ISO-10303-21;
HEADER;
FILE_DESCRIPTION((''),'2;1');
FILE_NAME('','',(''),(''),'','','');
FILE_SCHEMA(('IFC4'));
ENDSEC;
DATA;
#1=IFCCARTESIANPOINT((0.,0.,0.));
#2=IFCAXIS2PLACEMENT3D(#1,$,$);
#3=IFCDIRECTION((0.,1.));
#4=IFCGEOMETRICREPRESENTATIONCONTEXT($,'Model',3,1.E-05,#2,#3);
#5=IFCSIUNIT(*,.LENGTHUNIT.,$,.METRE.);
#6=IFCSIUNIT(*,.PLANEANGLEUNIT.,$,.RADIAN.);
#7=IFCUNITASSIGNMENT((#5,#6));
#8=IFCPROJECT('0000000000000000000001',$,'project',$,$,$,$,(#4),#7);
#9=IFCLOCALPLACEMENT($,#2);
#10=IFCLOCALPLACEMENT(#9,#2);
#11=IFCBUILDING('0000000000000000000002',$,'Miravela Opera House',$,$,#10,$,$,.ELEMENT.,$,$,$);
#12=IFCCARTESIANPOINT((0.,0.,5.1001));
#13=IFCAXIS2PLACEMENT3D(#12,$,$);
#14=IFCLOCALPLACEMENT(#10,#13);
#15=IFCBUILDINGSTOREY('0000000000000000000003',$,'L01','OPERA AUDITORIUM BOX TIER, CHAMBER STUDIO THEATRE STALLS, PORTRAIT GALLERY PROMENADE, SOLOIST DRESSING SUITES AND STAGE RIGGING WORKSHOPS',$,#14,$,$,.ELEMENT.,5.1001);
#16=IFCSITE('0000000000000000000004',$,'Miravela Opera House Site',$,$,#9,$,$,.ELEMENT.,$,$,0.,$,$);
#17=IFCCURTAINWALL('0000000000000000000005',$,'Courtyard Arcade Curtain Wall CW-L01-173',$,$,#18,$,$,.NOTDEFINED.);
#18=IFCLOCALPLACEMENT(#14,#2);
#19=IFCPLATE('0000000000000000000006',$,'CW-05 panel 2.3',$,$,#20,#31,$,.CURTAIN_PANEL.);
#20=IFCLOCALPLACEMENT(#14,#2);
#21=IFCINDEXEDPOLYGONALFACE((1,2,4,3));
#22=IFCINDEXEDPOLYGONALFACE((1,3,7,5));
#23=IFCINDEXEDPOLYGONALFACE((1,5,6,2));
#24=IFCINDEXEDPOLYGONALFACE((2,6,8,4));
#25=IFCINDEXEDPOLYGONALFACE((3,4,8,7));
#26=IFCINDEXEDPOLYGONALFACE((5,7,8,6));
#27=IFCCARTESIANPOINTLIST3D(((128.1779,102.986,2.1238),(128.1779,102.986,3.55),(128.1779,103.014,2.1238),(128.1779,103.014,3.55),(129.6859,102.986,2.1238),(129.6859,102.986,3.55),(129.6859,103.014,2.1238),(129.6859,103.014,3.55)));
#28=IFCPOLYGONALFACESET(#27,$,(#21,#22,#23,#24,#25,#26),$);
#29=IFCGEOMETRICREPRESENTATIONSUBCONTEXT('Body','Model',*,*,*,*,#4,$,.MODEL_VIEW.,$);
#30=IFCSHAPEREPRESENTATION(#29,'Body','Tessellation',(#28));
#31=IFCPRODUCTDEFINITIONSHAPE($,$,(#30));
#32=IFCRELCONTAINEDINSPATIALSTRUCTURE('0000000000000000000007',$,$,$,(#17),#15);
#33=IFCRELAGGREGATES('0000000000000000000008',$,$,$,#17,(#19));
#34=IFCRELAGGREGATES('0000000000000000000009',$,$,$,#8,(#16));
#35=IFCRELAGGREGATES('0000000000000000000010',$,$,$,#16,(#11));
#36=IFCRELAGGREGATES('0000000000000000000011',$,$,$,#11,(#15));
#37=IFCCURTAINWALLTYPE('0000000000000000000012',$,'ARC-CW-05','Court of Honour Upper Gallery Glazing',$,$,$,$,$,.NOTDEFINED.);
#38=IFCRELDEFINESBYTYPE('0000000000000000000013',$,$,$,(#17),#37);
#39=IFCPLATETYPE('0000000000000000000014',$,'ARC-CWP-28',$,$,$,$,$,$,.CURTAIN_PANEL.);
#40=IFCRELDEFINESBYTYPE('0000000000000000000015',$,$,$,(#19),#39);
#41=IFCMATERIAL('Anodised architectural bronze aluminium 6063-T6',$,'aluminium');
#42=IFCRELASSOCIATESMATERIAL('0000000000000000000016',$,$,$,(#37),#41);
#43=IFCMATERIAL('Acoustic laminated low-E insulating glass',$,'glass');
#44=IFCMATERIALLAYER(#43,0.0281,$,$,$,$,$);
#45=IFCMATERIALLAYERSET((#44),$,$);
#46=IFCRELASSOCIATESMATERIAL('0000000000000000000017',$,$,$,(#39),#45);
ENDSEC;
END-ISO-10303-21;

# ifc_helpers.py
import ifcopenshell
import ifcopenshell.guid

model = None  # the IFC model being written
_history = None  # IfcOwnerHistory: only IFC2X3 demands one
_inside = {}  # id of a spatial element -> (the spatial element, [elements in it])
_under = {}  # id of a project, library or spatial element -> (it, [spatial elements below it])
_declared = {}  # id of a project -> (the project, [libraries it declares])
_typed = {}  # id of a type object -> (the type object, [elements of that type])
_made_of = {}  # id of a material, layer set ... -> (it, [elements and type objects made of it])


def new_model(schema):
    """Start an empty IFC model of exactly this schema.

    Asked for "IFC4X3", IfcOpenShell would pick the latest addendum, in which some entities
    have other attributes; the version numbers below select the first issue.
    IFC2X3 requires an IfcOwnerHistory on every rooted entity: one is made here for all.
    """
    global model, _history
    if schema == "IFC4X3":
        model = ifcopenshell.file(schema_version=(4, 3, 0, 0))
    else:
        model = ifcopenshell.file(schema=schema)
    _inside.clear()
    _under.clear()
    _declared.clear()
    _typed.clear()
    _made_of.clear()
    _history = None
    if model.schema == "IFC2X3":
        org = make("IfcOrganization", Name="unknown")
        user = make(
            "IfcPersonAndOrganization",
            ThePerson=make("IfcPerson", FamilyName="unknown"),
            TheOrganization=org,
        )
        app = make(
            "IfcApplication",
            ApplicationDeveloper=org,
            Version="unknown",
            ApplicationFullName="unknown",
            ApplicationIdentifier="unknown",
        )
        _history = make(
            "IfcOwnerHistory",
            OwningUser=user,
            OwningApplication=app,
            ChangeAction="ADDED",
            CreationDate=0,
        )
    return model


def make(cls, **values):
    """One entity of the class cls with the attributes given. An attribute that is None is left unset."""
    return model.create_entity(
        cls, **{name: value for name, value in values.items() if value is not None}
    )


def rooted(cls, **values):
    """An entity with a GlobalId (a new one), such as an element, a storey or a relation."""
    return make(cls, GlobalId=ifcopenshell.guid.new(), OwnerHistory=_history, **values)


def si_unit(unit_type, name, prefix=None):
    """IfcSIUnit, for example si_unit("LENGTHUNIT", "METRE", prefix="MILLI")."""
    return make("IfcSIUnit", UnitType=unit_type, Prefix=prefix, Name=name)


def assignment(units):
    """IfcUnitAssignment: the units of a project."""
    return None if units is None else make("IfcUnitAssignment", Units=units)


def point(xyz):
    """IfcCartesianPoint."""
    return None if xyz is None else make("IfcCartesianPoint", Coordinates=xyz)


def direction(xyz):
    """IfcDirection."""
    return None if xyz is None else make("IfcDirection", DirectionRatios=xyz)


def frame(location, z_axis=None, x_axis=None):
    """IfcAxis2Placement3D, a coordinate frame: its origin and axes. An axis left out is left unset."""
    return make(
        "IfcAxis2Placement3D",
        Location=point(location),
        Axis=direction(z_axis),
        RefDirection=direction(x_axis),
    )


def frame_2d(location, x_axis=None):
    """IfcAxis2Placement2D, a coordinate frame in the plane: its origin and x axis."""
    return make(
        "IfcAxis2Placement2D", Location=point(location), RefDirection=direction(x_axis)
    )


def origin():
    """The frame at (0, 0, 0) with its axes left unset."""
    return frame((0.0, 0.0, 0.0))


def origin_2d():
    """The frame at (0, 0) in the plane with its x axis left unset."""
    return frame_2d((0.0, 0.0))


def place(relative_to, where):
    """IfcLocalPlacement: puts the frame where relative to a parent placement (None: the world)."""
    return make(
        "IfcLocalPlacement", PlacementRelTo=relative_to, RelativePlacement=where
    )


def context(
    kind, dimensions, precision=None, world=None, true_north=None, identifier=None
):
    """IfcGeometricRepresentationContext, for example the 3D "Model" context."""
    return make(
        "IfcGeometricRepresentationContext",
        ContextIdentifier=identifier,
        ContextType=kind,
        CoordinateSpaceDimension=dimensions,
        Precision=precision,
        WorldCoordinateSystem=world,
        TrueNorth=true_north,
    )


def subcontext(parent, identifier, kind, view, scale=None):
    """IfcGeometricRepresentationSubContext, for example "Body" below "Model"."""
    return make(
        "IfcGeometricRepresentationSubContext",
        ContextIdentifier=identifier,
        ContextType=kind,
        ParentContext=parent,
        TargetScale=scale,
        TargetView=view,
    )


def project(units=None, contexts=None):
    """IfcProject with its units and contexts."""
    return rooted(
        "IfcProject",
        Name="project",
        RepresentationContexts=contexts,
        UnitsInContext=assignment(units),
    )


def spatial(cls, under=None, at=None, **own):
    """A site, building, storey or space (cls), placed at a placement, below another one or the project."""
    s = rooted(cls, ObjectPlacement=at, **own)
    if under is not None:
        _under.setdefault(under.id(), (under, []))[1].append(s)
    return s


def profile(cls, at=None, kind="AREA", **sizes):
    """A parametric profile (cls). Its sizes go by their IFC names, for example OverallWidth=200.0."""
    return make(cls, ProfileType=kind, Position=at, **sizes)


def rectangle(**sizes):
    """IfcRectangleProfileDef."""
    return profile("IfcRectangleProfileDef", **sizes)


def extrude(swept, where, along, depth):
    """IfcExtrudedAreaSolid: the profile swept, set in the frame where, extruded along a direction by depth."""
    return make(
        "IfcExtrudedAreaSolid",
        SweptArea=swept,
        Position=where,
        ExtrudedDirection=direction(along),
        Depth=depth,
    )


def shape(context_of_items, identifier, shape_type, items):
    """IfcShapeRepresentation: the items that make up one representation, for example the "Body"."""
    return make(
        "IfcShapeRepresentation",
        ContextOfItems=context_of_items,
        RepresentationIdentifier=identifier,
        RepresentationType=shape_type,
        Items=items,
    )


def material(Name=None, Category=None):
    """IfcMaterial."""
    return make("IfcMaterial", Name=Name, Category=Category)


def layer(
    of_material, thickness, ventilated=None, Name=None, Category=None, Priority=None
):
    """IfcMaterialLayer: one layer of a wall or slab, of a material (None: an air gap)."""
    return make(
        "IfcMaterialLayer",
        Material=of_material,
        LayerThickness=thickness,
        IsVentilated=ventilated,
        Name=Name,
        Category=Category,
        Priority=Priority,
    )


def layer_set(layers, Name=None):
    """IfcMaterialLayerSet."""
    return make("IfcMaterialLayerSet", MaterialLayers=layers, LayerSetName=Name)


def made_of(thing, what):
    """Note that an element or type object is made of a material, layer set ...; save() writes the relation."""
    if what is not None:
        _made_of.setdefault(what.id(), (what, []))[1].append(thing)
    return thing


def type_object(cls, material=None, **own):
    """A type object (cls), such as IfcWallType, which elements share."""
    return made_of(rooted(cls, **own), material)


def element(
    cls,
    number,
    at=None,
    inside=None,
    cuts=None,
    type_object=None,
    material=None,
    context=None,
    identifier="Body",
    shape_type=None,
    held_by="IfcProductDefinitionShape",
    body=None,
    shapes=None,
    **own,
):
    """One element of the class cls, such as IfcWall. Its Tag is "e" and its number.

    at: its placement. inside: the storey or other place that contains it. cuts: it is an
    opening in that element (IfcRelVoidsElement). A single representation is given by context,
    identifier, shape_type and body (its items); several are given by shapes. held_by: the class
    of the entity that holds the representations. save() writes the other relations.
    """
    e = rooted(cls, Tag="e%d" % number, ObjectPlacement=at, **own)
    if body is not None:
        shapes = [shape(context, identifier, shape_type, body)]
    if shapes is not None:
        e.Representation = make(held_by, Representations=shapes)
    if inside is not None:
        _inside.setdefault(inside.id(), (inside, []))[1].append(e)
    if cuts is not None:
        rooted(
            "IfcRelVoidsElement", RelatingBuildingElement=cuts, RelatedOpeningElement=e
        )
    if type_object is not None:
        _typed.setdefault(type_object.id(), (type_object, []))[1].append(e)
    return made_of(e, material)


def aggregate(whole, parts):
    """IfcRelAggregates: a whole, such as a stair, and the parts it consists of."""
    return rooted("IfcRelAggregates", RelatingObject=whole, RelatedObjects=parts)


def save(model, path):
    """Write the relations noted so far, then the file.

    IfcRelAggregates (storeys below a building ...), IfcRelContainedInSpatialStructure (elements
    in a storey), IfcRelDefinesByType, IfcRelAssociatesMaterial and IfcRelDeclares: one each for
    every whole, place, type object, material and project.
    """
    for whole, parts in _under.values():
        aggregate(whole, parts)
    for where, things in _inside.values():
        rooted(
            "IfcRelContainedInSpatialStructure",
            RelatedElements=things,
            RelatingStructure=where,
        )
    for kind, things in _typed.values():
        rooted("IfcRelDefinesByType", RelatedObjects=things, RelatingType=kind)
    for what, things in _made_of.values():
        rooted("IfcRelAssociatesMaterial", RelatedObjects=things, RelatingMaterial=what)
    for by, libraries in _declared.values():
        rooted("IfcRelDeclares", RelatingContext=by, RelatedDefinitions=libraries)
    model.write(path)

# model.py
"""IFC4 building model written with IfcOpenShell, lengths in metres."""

from ifc_helpers import new_model, si_unit, direction, frame, origin, origin_2d, place, context, subcontext, project, spatial, rectangle, extrude, material, layer, layer_set, type_object, element, aggregate, save


model = new_model("IFC4")

# Units and contexts
model_context = context("Model", 3, precision=1e-05, world=origin(), true_north=direction((0.0, 1.0)))
body_context = subcontext(model_context, "Body", "Model", "MODEL_VIEW")
ifc_project = project(units=[si_unit("LENGTHUNIT", "METRE"), si_unit("PLANEANGLEUNIT", "RADIAN")], contexts=[model_context])

# Site, building, storey
site_placement = place(None, origin())
site = spatial("IfcSite", under=ifc_project, at=site_placement, Name="Miravela Opera House Site", CompositionType="ELEMENT", RefElevation=0.0)
building_placement = place(site_placement, origin())
building = spatial("IfcBuilding", under=site, at=building_placement, Name="Miravela Opera House", CompositionType="ELEMENT")
storey_placement = place(building_placement, frame((0.0, 0.0, 5.1001)))
storey = spatial("IfcBuildingStorey", under=building, at=storey_placement, Name="L01", Description="OPERA AUDITORIUM BOX TIER, CHAMBER STUDIO THEATRE STALLS, PORTRAIT GALLERY PROMENADE, SOLOIST DRESSING SUITES AND STAGE RIGGING WORKSHOPS", CompositionType="ELEMENT", Elevation=5.1001)

# Shared definitions
ifc_material_1 = material(Name="Anodised architectural bronze aluminium 6063-T6", Category="aluminium")
curtain_wall_type = type_object("IfcCurtainWallType", Name="ARC-CW-05", Description="Court of Honour Upper Gallery Glazing", PredefinedType="NOTDEFINED", material=ifc_material_1)

# Curtain wall
curtain_wall_1_placement = place(storey_placement, origin())
curtain_wall_1 = element("IfcCurtainWall", 1, at=curtain_wall_1_placement, inside=storey, type_object=curtain_wall_type, Name="Courtyard Arcade Curtain Wall CW-L01-173", PredefinedType="NOTDEFINED")

# Plate
ifc_material_2 = material(Name="Acoustic laminated low-E insulating glass", Category="glass")
ifc_layer = layer(ifc_material_2, 0.0281)
ifc_layer_set = layer_set([ifc_layer])
plate_type = type_object("IfcPlateType", Name="ARC-CWP-28", PredefinedType="CURTAIN_PANEL", material=ifc_layer_set)
plate_1_placement = place(storey_placement, frame((128.9319, 103.0, 2.1238), z_axis=(0.0, 0.0, 1.0), x_axis=(1.0, 0.0, 0.0)))
plate_1 = element("IfcPlate", 2, at=plate_1_placement, type_object=plate_type, Name="CW-05 panel 2.3", PredefinedType="CURTAIN_PANEL", context=body_context, shape_type="SweptSolid", body=[
    extrude(rectangle(XDim=1.5081, YDim=0.0281, at=origin_2d()), origin(), (0.0, 0.0, 1.0), 1.4263),
])
aggregate(curtain_wall_1, [plate_1])

save(model, "model.ifc")
